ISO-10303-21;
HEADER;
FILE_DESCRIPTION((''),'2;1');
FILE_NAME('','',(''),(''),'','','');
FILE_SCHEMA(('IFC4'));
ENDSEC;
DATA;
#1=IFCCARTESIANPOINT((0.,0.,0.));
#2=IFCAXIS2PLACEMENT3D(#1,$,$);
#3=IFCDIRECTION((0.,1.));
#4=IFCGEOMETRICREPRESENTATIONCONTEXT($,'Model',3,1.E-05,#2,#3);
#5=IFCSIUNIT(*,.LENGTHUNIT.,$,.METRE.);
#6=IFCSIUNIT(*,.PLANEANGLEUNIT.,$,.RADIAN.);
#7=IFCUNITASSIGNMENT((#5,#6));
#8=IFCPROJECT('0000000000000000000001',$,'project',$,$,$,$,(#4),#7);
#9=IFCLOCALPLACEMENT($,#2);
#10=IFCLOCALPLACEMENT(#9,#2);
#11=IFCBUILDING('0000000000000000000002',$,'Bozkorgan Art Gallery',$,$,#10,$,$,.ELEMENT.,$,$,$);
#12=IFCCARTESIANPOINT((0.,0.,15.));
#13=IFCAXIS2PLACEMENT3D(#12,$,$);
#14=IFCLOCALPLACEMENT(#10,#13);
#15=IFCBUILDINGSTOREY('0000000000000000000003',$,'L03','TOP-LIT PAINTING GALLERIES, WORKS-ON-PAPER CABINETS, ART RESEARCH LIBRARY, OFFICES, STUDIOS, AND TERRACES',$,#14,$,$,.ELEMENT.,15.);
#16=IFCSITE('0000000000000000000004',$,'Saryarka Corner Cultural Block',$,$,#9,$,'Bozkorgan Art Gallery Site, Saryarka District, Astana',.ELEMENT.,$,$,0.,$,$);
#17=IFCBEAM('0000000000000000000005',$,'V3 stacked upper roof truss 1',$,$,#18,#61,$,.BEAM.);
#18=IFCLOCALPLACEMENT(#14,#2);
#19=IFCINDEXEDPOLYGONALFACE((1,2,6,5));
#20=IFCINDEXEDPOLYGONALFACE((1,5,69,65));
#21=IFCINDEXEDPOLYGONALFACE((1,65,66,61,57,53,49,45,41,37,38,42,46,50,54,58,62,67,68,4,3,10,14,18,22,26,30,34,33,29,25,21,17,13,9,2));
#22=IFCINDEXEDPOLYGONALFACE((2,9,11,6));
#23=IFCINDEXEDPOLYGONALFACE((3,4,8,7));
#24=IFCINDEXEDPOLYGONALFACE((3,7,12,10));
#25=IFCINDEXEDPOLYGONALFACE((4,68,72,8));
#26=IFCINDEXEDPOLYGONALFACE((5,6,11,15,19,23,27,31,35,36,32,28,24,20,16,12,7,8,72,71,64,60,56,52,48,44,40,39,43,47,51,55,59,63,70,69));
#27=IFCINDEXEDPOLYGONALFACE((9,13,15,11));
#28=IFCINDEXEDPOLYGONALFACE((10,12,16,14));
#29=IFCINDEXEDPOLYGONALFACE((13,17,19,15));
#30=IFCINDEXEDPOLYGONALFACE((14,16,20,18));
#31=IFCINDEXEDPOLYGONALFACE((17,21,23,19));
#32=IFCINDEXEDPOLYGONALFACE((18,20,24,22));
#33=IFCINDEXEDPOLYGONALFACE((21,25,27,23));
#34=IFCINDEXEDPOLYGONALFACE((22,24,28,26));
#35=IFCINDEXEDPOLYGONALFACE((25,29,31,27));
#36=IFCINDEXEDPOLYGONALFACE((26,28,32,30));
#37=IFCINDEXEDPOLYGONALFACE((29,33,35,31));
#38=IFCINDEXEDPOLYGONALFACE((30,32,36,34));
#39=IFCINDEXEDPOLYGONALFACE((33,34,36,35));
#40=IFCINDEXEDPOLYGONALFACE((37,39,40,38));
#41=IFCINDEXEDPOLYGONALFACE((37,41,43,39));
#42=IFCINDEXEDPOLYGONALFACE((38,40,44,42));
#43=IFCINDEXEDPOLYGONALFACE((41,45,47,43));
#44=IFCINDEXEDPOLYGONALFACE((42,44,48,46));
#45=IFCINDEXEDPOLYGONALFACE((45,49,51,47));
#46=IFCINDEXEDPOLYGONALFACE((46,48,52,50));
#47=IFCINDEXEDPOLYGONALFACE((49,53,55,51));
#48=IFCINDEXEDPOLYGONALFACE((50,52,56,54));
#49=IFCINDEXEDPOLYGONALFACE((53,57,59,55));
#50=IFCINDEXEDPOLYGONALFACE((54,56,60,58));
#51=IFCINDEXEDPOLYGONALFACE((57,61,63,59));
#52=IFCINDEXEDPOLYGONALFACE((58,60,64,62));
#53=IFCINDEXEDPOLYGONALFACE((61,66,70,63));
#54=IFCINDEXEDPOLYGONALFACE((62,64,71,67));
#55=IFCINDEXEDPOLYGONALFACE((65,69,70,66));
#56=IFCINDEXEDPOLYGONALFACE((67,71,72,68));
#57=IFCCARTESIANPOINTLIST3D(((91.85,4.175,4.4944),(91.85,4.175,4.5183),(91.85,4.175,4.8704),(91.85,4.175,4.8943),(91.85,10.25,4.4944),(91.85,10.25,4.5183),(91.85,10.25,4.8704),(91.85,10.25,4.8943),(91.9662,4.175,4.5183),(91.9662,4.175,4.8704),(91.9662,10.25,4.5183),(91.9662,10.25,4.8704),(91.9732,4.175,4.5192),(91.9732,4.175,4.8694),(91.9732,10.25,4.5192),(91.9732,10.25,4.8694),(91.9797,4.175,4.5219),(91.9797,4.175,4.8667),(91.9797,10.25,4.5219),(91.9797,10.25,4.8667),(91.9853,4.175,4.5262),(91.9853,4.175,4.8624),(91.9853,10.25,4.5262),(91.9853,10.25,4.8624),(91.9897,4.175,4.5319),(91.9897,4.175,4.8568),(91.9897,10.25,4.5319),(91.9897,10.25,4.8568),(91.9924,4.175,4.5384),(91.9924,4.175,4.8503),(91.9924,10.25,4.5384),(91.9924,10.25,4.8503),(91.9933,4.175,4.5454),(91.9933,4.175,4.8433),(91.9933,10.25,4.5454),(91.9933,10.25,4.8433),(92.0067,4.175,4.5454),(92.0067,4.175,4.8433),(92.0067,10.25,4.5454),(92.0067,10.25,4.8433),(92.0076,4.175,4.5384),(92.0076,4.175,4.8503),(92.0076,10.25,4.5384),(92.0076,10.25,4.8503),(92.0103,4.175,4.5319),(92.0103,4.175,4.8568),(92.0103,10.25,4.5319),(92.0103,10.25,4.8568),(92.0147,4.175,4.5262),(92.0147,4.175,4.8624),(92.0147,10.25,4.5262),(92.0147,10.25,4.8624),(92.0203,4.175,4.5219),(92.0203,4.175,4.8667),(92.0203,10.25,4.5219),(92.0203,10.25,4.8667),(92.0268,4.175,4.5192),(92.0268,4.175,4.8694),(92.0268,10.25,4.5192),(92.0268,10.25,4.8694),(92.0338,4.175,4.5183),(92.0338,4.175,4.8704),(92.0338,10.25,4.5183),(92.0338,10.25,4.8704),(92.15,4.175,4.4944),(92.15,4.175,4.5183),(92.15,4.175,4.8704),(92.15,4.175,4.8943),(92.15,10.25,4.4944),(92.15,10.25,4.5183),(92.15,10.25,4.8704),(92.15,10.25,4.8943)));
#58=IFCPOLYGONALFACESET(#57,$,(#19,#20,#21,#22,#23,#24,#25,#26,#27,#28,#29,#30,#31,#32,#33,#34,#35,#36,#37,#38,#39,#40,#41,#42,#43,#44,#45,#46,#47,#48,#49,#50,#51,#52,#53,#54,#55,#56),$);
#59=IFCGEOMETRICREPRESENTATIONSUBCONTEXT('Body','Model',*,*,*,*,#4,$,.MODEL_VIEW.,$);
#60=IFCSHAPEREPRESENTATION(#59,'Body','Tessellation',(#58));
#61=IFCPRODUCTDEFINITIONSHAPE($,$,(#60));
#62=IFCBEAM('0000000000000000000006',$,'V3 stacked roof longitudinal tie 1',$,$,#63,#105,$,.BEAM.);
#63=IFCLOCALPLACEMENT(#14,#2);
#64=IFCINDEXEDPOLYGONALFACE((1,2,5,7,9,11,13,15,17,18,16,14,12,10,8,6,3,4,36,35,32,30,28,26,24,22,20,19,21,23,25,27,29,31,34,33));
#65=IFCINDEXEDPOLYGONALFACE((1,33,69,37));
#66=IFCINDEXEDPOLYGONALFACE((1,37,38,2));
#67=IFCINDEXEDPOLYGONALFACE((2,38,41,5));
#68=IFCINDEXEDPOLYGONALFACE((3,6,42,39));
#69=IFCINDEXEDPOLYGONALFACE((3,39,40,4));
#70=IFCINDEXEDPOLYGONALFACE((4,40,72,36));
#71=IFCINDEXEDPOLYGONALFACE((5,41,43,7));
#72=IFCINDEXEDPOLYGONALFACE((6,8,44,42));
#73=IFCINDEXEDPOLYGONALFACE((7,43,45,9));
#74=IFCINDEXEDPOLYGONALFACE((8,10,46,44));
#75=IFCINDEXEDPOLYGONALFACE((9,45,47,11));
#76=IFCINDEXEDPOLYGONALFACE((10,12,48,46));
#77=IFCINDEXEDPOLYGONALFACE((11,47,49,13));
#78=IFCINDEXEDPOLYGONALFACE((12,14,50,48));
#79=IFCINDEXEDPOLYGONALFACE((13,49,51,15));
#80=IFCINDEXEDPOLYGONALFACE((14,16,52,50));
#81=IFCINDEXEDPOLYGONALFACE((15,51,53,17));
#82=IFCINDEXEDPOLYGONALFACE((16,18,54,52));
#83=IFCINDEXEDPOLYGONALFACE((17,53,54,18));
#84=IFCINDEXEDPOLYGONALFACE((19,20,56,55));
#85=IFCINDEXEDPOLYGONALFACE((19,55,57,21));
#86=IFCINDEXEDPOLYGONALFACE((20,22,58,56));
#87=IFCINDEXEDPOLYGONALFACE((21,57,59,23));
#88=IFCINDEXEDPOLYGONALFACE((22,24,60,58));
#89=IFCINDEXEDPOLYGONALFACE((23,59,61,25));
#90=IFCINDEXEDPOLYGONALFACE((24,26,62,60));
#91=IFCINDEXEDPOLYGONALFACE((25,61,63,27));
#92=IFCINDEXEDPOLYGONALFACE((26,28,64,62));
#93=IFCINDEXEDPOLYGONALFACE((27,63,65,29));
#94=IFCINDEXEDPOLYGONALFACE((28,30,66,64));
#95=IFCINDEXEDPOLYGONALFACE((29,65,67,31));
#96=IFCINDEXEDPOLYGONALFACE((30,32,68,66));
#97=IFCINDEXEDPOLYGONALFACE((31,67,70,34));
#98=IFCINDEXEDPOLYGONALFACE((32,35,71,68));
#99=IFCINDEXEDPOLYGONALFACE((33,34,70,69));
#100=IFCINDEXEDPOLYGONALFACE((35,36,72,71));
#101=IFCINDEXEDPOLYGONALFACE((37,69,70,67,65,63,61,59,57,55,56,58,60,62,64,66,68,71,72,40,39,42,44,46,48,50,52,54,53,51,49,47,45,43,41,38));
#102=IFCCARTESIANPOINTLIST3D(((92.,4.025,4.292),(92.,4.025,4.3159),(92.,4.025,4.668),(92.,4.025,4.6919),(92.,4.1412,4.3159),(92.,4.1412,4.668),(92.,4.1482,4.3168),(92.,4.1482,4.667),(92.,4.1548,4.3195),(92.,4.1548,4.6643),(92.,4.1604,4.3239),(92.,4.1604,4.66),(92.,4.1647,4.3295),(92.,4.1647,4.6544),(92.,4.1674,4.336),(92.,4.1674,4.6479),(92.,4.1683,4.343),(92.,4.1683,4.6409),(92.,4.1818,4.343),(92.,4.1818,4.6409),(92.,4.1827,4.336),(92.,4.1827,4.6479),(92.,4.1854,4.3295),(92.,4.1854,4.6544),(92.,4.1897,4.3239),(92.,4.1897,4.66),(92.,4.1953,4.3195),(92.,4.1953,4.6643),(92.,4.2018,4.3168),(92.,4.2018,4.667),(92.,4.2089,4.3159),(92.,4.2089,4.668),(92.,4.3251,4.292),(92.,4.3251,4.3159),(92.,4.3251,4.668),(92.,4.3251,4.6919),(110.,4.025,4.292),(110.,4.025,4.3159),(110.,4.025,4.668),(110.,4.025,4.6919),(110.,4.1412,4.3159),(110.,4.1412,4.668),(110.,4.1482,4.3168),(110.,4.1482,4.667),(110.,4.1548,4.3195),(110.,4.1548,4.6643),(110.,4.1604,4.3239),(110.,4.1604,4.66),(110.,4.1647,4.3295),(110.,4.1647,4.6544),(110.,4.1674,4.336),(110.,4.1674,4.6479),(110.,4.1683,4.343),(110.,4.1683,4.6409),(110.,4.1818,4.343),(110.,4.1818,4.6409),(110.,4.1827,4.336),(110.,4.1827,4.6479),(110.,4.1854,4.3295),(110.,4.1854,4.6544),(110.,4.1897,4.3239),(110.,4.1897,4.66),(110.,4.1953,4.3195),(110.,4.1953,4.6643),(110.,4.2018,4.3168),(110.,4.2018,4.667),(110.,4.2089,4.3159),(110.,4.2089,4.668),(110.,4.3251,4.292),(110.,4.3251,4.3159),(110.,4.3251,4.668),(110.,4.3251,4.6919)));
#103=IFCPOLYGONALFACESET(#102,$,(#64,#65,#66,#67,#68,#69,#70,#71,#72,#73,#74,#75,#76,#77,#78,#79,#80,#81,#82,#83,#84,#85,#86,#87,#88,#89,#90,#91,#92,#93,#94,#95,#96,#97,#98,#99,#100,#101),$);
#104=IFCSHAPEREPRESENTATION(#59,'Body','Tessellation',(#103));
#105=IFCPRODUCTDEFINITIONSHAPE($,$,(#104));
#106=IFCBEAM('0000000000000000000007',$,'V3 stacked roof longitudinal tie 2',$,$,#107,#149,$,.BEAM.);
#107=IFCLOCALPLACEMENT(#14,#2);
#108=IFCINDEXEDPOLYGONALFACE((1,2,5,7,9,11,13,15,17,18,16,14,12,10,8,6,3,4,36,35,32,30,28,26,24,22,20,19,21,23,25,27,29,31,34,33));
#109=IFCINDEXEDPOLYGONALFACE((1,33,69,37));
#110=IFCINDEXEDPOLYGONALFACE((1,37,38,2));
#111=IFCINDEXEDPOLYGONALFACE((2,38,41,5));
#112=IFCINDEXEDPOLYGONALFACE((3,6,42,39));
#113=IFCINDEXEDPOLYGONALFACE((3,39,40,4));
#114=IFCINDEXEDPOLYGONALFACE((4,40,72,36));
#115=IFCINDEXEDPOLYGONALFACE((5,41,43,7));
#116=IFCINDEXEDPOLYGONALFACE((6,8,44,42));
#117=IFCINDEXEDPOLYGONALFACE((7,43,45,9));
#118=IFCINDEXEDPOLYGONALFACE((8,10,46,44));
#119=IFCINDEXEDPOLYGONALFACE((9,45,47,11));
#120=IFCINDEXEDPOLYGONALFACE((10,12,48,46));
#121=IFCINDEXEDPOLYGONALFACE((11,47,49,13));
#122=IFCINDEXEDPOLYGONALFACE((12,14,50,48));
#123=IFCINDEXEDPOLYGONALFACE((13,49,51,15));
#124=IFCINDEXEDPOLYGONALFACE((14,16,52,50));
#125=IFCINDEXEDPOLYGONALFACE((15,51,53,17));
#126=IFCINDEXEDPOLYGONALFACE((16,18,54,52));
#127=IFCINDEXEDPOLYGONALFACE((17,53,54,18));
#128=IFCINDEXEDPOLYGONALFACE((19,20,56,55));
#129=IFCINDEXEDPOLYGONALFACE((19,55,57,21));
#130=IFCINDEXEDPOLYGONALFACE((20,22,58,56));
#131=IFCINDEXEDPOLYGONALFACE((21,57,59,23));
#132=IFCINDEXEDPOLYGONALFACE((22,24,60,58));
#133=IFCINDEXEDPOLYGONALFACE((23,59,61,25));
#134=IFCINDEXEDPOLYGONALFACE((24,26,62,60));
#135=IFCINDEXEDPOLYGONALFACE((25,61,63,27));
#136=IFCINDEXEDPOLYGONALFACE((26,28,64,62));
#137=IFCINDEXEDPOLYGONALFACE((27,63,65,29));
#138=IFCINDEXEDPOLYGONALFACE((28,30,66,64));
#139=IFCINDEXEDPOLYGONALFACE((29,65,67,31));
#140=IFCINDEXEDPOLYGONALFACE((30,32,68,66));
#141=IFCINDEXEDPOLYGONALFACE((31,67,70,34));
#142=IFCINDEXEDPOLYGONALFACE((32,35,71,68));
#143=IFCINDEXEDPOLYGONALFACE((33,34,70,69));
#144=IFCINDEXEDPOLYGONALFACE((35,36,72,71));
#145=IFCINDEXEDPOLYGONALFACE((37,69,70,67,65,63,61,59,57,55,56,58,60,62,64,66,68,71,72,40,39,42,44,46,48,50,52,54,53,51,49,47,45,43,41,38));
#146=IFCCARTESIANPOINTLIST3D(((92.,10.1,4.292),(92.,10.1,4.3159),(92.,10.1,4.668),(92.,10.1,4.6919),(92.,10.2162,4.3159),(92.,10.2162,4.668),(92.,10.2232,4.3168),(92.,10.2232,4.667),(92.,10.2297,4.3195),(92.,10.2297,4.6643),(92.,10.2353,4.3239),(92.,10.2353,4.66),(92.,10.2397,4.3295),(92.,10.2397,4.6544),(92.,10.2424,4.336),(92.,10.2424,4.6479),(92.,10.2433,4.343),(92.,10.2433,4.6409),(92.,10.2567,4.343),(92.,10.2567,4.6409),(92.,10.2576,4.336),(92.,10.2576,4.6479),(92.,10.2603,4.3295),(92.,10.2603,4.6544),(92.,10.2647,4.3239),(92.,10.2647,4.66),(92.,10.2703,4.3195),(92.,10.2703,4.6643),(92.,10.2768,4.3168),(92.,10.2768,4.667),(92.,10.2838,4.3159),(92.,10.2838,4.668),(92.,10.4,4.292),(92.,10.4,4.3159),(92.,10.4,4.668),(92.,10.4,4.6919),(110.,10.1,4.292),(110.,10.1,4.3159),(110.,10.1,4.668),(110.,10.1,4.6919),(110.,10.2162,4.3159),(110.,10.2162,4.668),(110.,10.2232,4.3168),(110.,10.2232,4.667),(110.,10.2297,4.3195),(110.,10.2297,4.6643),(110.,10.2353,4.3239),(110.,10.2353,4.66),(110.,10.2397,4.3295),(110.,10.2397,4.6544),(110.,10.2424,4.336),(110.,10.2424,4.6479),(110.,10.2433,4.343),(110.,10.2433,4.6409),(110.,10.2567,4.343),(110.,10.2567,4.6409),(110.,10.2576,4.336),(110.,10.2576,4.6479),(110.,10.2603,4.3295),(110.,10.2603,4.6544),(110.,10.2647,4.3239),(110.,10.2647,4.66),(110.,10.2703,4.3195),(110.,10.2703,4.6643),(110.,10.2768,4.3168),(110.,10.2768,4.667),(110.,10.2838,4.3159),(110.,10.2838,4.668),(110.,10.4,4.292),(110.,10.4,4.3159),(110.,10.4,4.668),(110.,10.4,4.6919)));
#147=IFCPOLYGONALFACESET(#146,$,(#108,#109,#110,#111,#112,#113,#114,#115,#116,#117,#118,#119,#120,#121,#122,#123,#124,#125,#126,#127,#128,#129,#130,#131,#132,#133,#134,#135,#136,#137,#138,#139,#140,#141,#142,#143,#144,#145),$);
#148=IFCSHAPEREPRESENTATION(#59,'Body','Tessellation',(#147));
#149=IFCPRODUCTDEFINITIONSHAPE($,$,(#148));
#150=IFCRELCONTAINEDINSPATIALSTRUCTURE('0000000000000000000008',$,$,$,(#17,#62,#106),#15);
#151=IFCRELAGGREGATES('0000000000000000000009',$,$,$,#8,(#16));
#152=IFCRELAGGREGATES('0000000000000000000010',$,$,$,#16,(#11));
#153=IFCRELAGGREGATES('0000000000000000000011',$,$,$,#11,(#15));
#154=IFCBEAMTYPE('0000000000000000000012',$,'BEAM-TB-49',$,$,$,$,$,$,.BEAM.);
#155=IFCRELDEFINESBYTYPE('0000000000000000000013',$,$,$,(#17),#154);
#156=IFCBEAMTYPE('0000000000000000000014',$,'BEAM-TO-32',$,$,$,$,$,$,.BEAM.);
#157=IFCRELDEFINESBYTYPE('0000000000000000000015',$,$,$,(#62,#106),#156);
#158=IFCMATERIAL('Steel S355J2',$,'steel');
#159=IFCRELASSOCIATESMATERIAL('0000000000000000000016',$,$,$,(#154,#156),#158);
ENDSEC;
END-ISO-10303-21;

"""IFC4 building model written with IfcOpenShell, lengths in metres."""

from ifc_helpers import new_model, si_unit, direction, frame, origin, origin_2d, place, context, subcontext, project, spatial, i_section, extrude, material, material_profile, profile_set, type_object, element, save


model = new_model("IFC4")

# Units and contexts
model_context = context("Model", 3, precision=1e-05, world=origin(), true_north=direction((0.0, 1.0)))
body_context = subcontext(model_context, "Body", "Model", "MODEL_VIEW")
ifc_project = project(units=[si_unit("LENGTHUNIT", "METRE"), si_unit("PLANEANGLEUNIT", "RADIAN")], contexts=[model_context])

# Site, building, storey
site_placement = place(None, origin())
site = spatial("IfcSite", under=ifc_project, at=site_placement, Name="Saryarka Corner Cultural Block", LongName="Bozkorgan Art Gallery Site, Saryarka District, Astana", CompositionType="ELEMENT", RefElevation=0.0)
building_placement = place(site_placement, origin())
building = spatial("IfcBuilding", under=site, at=building_placement, Name="Bozkorgan Art Gallery", CompositionType="ELEMENT")
storey_placement = place(building_placement, frame((0.0, 0.0, 15.0)))
storey = spatial("IfcBuildingStorey", under=building, at=storey_placement, Name="L03", Description="TOP-LIT PAINTING GALLERIES, WORKS-ON-PAPER CABINETS, ART RESEARCH LIBRARY, OFFICES, STUDIOS, AND TERRACES", CompositionType="ELEMENT", Elevation=15.0)

# Beams
ifc_material_1 = material(Name="Steel S355J2", Category="steel")
ifc_material_profile_1 = material_profile(ifc_material_1, i_section(OverallWidth=0.3, OverallDepth=0.3999, WebThickness=0.0134, FlangeThickness=0.0239, FilletRadius=0.0271, at=origin_2d()), Name="HEB 400")
ifc_profile_set_1 = profile_set([ifc_material_profile_1], Name="Steel S355J2")
beam_type_1 = type_object("IfcBeamType", Name="BEAM-TB-49", PredefinedType="BEAM", material=ifc_profile_set_1)
beam_placement = place(storey_placement, frame((92.0, 4.175, 4.6943), z_axis=(0.0, 1.0, 0.0), x_axis=(-1.0, 0.0, 0.0)))
element("IfcBeam", 1, at=beam_placement, inside=storey, type_object=beam_type_1, Name="V3 stacked upper roof truss 1", PredefinedType="BEAM", context=body_context, shape_type="SweptSolid", body=[
    extrude(i_section(OverallWidth=0.3, OverallDepth=0.3999, WebThickness=0.0134, FlangeThickness=0.0239, FilletRadius=0.0271, at=origin_2d()), origin(), (0.0, 0.0, 1.0), 6.075),
])
ifc_material_profile_2 = material_profile(ifc_material_1, i_section(OverallWidth=0.3, OverallDepth=0.3999, WebThickness=0.0134, FlangeThickness=0.0239, FilletRadius=0.0271, at=origin_2d()), Name="HEB 400")
ifc_profile_set_2 = profile_set([ifc_material_profile_2], Name="Steel S355J2")
beam_type_2 = type_object("IfcBeamType", Name="BEAM-TO-32", PredefinedType="BEAM", material=ifc_profile_set_2)
for number, where, z_axis, x_axis, name in (
    (2, (92.0, 4.175, 4.4919), (1.0, 0.0, 0.0), (0.0, 1.0, 0.0), "V3 stacked roof longitudinal tie 1"),
    (3, (92.0, 10.25, 4.4919), (1.0, 0.0, 0.0), (0.0, 1.0, 0.0), "V3 stacked roof longitudinal tie 2"),
):
    element("IfcBeam", number, at=place(storey_placement, frame(where, z_axis=z_axis, x_axis=x_axis)), inside=storey, type_object=beam_type_2, Name=name, PredefinedType="BEAM", context=body_context, shape_type="SweptSolid", body=[
        extrude(i_section(OverallWidth=0.3, OverallDepth=0.3999, WebThickness=0.0134, FlangeThickness=0.0239, FilletRadius=0.0271, at=origin_2d()), origin(), (0.0, 0.0, 1.0), 18.0),
    ])

save(model, "model.ifc")
